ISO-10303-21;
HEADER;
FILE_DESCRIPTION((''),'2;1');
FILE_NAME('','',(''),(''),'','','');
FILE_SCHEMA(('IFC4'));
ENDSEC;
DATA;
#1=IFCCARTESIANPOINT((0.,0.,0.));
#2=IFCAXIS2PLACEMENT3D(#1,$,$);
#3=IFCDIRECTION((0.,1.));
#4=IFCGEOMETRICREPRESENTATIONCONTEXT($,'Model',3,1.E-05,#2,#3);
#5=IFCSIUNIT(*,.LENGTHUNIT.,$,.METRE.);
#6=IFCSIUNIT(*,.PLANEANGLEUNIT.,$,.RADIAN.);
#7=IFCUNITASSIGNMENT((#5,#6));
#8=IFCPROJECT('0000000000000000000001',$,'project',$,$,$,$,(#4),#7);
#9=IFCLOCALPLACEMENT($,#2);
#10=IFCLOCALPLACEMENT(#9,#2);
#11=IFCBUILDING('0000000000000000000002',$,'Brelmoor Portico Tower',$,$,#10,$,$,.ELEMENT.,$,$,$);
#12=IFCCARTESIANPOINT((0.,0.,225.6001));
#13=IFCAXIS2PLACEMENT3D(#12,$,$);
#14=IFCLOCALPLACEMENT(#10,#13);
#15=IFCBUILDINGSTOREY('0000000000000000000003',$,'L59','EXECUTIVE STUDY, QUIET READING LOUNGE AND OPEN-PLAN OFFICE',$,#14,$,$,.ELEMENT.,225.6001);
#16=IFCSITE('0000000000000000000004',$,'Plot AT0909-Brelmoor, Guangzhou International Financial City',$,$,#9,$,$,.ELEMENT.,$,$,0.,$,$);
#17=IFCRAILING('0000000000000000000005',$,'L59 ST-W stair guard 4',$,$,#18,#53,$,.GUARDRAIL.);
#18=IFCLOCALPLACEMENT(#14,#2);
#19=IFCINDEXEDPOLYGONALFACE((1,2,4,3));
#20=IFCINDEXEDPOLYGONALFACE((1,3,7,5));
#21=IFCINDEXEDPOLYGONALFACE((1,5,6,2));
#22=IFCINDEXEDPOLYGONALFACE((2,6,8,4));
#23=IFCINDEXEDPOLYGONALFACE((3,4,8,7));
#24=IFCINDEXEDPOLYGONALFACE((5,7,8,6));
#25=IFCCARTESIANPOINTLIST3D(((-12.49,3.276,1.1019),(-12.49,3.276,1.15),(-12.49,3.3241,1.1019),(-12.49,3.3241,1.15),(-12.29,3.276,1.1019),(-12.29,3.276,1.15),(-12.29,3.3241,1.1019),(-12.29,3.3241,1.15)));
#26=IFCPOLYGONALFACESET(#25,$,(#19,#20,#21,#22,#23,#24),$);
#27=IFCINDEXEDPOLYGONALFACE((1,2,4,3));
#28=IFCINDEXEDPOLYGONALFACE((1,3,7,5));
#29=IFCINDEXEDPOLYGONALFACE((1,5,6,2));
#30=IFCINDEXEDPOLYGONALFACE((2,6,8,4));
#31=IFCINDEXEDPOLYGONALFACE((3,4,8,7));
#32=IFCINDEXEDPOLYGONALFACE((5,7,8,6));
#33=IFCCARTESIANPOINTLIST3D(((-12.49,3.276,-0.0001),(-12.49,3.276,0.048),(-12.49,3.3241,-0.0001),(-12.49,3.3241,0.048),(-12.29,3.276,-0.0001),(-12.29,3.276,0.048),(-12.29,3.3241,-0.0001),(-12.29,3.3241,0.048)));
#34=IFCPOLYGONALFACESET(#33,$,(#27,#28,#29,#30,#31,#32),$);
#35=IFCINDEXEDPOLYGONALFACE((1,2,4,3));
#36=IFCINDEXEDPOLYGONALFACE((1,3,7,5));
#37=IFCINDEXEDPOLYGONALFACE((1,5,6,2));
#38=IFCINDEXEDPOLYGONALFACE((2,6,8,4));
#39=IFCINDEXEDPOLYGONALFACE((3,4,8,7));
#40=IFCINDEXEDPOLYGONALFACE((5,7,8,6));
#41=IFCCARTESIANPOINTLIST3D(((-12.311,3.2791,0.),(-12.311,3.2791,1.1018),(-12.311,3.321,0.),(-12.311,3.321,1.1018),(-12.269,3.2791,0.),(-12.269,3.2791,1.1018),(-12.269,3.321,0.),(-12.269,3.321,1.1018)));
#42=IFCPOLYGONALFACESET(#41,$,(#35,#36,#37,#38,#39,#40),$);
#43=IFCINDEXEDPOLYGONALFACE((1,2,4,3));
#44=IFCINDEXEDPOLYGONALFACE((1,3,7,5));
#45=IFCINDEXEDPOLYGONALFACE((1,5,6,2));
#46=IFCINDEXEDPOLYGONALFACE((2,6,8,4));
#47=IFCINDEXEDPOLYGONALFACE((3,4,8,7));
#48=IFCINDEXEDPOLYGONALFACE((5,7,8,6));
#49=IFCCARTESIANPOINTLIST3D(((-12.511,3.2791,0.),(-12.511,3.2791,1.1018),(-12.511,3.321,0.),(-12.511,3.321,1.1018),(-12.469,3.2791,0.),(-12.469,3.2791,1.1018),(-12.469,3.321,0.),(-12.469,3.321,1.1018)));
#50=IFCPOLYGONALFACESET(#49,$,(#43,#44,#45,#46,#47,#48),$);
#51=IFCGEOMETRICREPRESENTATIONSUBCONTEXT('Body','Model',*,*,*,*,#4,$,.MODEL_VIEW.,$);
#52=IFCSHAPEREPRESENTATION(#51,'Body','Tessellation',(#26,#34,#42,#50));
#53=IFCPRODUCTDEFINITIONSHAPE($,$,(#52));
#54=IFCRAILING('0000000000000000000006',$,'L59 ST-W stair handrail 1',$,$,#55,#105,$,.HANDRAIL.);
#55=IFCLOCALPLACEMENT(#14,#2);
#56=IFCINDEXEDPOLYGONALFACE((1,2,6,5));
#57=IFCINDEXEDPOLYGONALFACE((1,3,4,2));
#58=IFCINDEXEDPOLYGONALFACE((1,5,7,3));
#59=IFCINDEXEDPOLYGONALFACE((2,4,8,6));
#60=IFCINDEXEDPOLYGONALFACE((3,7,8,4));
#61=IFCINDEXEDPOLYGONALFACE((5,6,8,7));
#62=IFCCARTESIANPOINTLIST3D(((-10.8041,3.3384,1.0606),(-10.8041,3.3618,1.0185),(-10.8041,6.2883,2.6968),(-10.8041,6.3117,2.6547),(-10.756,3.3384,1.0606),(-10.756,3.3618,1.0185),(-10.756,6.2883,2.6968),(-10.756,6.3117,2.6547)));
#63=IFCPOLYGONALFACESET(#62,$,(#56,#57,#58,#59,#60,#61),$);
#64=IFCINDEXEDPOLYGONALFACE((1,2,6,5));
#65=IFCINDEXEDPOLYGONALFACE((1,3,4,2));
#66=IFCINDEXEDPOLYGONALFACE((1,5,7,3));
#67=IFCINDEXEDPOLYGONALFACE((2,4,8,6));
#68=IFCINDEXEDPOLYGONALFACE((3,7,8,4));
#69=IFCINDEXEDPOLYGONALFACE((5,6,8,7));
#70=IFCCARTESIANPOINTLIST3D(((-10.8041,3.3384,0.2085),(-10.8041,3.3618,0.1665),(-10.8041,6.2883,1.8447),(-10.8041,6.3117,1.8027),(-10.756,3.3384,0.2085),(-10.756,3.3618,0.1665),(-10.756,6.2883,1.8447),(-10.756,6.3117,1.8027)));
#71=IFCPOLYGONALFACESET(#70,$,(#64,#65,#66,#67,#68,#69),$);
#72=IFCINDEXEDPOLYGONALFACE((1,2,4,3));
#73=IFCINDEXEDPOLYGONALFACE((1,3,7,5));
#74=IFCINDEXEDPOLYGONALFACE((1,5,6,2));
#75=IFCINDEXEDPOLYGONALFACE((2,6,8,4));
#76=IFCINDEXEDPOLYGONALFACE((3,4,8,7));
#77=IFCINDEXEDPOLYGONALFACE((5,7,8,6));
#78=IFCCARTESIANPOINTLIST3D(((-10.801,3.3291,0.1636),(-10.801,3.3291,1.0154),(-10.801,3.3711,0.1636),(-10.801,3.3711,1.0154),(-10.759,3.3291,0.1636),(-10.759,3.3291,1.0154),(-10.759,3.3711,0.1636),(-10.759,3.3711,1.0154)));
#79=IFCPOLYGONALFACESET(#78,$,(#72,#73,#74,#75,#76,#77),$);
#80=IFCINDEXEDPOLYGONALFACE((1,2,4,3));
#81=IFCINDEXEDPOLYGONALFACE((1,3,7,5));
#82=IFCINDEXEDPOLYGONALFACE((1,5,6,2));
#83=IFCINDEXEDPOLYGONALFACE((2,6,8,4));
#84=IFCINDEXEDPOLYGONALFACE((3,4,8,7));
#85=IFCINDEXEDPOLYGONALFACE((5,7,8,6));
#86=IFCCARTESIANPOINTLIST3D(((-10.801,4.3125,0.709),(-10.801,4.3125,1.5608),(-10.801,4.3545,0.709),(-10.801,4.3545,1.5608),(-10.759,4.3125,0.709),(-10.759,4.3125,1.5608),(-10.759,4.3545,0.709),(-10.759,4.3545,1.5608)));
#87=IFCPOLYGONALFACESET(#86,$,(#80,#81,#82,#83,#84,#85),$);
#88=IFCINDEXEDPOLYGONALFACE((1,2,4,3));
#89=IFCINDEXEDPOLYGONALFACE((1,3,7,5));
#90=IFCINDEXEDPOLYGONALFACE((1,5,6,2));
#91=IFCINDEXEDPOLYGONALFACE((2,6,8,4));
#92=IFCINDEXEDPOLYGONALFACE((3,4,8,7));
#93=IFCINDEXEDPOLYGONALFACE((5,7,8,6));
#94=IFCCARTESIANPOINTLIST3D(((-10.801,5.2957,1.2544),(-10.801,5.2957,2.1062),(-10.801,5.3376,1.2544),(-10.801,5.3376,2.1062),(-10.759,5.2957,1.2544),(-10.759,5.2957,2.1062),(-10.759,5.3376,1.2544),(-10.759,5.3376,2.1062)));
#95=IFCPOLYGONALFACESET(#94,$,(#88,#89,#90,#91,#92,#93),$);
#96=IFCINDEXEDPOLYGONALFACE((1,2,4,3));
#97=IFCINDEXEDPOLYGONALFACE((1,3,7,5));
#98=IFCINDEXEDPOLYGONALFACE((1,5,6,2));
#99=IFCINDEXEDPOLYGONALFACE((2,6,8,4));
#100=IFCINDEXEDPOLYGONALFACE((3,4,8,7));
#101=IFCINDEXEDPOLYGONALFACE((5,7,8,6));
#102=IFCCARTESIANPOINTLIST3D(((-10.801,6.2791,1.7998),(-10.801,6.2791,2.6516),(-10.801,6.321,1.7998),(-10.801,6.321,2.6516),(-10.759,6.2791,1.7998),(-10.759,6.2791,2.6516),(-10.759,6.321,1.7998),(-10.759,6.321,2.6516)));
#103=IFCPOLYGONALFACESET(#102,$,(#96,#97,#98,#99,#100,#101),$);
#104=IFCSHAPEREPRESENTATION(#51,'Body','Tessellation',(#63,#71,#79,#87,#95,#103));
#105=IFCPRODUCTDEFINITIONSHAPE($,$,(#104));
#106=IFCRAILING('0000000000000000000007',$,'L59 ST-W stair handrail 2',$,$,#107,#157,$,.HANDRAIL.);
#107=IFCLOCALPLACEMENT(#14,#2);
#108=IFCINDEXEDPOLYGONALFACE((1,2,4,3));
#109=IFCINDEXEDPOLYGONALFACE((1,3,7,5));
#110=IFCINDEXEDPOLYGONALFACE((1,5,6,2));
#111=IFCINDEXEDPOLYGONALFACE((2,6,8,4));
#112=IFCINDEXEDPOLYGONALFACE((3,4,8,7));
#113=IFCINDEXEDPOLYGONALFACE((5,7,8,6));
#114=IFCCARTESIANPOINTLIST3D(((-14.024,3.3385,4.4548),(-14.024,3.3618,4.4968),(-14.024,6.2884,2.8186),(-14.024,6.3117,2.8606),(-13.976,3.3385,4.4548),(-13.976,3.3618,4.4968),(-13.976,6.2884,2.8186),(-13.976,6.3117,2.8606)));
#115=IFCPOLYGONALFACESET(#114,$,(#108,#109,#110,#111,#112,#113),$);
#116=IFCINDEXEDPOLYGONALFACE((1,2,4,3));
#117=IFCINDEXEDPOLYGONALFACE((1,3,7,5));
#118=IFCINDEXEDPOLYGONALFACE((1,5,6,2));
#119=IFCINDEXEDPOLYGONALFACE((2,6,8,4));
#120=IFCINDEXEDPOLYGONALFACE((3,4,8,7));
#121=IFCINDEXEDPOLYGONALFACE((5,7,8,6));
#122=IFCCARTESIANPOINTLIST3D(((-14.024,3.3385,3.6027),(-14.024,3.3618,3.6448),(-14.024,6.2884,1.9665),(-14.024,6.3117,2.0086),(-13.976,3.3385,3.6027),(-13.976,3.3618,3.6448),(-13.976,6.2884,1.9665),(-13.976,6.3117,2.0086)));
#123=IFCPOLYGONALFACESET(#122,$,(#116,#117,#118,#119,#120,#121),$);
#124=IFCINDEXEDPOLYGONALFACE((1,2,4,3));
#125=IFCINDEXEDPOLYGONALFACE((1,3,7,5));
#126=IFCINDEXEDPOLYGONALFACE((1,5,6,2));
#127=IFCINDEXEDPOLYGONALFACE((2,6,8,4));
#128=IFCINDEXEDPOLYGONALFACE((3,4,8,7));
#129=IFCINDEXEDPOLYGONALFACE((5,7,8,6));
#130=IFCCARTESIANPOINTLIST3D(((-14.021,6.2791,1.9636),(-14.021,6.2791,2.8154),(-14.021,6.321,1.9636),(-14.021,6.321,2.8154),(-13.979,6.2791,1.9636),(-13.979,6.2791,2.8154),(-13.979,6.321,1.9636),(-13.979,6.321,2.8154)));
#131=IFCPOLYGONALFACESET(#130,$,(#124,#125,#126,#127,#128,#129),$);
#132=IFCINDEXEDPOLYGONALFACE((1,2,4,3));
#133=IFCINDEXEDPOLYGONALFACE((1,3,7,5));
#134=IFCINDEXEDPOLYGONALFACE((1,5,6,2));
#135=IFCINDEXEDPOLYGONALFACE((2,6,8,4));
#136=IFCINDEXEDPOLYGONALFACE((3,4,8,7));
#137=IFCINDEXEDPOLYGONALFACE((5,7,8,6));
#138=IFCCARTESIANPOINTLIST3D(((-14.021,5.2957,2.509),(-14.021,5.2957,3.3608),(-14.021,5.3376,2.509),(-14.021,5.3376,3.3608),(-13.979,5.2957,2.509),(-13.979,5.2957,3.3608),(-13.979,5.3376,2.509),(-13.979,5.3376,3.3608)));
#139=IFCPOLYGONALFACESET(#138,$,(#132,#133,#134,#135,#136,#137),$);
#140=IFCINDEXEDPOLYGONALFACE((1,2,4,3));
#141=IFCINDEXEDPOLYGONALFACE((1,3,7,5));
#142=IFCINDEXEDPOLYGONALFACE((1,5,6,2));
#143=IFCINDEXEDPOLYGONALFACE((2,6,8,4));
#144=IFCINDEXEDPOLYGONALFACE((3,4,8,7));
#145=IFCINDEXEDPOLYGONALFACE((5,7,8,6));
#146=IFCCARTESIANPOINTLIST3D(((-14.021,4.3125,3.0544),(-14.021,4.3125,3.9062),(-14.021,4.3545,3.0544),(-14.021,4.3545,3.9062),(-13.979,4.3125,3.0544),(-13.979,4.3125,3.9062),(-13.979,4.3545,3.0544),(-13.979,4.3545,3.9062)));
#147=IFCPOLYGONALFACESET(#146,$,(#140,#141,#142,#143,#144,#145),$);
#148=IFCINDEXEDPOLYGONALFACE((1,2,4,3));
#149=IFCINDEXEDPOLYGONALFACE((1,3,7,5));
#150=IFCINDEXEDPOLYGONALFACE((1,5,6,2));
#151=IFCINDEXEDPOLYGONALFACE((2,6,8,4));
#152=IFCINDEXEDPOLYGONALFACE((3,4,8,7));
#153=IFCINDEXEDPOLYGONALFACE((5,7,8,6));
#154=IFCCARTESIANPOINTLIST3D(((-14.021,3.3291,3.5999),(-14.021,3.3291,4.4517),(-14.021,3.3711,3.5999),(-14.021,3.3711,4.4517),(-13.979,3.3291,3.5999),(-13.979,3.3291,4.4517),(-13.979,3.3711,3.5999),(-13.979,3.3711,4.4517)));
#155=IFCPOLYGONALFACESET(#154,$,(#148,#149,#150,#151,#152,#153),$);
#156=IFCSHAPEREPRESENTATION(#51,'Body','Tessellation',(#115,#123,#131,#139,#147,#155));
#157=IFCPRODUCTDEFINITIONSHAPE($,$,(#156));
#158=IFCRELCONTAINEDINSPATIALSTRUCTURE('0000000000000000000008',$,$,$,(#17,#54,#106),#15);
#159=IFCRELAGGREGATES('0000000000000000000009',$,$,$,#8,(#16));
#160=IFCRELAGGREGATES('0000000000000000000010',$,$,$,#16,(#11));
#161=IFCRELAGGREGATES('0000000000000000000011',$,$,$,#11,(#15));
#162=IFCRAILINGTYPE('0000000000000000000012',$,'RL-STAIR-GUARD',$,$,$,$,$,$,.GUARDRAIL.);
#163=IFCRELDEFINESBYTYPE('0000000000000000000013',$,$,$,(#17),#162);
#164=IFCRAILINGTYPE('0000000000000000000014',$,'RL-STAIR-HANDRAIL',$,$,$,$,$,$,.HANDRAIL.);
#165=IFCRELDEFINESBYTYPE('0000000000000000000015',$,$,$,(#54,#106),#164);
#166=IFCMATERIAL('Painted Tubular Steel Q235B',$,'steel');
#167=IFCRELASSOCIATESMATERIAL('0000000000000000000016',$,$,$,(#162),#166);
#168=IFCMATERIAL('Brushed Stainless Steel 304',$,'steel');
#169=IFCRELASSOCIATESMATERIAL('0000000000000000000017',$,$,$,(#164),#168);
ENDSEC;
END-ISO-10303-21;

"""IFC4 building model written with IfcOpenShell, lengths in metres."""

from ifc_helpers import new_model, si_unit, direction, frame, origin, origin_2d, place, context, subcontext, project, spatial, rectangle, extrude, material, type_object, element, save


model = new_model("IFC4")

# Units and contexts
model_context = context("Model", 3, precision=1e-05, world=origin(), true_north=direction((0.0, 1.0)))
body_context = subcontext(model_context, "Body", "Model", "MODEL_VIEW")
ifc_project = project(units=[si_unit("LENGTHUNIT", "METRE"), si_unit("PLANEANGLEUNIT", "RADIAN")], contexts=[model_context])

# Site, building, storey
site_placement = place(None, origin())
site = spatial("IfcSite", under=ifc_project, at=site_placement, Name="Plot AT0909-Brelmoor, Guangzhou International Financial City", CompositionType="ELEMENT", RefElevation=0.0)
building_placement = place(site_placement, origin())
building = spatial("IfcBuilding", under=site, at=building_placement, Name="Brelmoor Portico Tower", CompositionType="ELEMENT")
storey_placement = place(building_placement, frame((0.0, 0.0, 225.6001)))
storey = spatial("IfcBuildingStorey", under=building, at=storey_placement, Name="L59", Description="EXECUTIVE STUDY, QUIET READING LOUNGE AND OPEN-PLAN OFFICE", CompositionType="ELEMENT", Elevation=225.6001)

# Railings
ifc_material_1 = material(Name="Painted Tubular Steel Q235B", Category="steel")
railing_type_1 = type_object("IfcRailingType", Name="RL-STAIR-GUARD", PredefinedType="GUARDRAIL", material=ifc_material_1)
railing_1_placement = place(storey_placement, frame((-12.29, 3.3, 0.0)))
element("IfcRailing", 1, at=railing_1_placement, inside=storey, type_object=railing_type_1, Name="L59 ST-W stair guard 4", PredefinedType="GUARDRAIL", context=body_context, shape_type="SweptSolid", body=[
    extrude(rectangle(XDim=0.0481, YDim=0.0481, at=origin_2d()), frame((0.0, 0.0, 1.126), z_axis=(-1.0, 0.0, 0.0), x_axis=(0.0, -1.0, 0.0)), (0.0, 0.0, 1.0), 0.2),
    extrude(rectangle(XDim=0.0481, YDim=0.0481, at=origin_2d()), frame((0.0, 0.0, 0.0239), z_axis=(-1.0, 0.0, 0.0), x_axis=(0.0, -1.0, 0.0)), (0.0, 0.0, 1.0), 0.2),
    extrude(rectangle(XDim=0.042, YDim=0.042, at=origin_2d()), origin(), (0.0, 0.0, 1.0), 1.1018),
    extrude(rectangle(XDim=0.042, YDim=0.042, at=origin_2d()), frame((-0.2, 0.0, 0.0)), (0.0, 0.0, 1.0), 1.1018),
])
ifc_material_2 = material(Name="Brushed Stainless Steel 304", Category="steel")
railing_type_2 = type_object("IfcRailingType", Name="RL-STAIR-HANDRAIL", PredefinedType="HANDRAIL", material=ifc_material_2)
railing_2_placement = place(storey_placement, frame((-10.78, 3.3501, 0.1636)))
element("IfcRailing", 2, at=railing_2_placement, inside=storey, type_object=railing_type_2, Name="L59 ST-W stair handrail 1", PredefinedType="HANDRAIL", context=body_context, shape_type="SweptSolid", body=[
    extrude(rectangle(XDim=0.0481, YDim=0.0481, at=origin_2d()), frame((0.0, 0.0, 0.876), z_axis=(0.0, 0.874488, 0.485047), x_axis=(-1.0, 0.0, 0.0)), (0.0, 0.0, 1.0), 3.3733),
    extrude(rectangle(XDim=0.0481, YDim=0.0481, at=origin_2d()), frame((0.0, 0.0, 0.0239), z_axis=(0.0, 0.874488, 0.485047), x_axis=(-1.0, 0.0, 0.0)), (0.0, 0.0, 1.0), 3.3733),
    extrude(rectangle(XDim=0.042, YDim=0.042, at=origin_2d()), origin(), (0.0, 0.0, 1.0), 0.8518),
    extrude(rectangle(XDim=0.042, YDim=0.042, at=origin_2d()), frame((0.0, 0.9834, 0.5454)), (0.0, 0.0, 1.0), 0.8518),
    extrude(rectangle(XDim=0.042, YDim=0.042, at=origin_2d()), frame((0.0, 1.9666, 1.0908)), (0.0, 0.0, 1.0), 0.8518),
    extrude(rectangle(XDim=0.042, YDim=0.042, at=origin_2d()), frame((0.0, 2.95, 1.6362)), (0.0, 0.0, 1.0), 0.8518),
])
railing_3_placement = place(storey_placement, frame((-14.0, 6.3, 1.9636)))
element("IfcRailing", 3, at=railing_3_placement, inside=storey, type_object=railing_type_2, Name="L59 ST-W stair handrail 2", PredefinedType="HANDRAIL", context=body_context, shape_type="SweptSolid", body=[
    extrude(rectangle(XDim=0.0481, YDim=0.0481, at=origin_2d()), frame((0.0, 0.0, 0.876), z_axis=(0.0, -0.874488, 0.485047), x_axis=(1.0, 0.0, 0.0)), (0.0, 0.0, 1.0), 3.3733),
    extrude(rectangle(XDim=0.0481, YDim=0.0481, at=origin_2d()), frame((0.0, 0.0, 0.0239), z_axis=(0.0, -0.874488, 0.485047), x_axis=(1.0, 0.0, 0.0)), (0.0, 0.0, 1.0), 3.3733),
    extrude(rectangle(XDim=0.042, YDim=0.042, at=origin_2d()), origin(), (0.0, 0.0, 1.0), 0.8518),
    extrude(rectangle(XDim=0.042, YDim=0.042, at=origin_2d()), frame((0.0, -0.9834, 0.5454)), (0.0, 0.0, 1.0), 0.8518),
    extrude(rectangle(XDim=0.042, YDim=0.042, at=origin_2d()), frame((0.0, -1.9666, 1.0908)), (0.0, 0.0, 1.0), 0.8518),
    extrude(rectangle(XDim=0.042, YDim=0.042, at=origin_2d()), frame((0.0, -2.95, 1.6362)), (0.0, 0.0, 1.0), 0.8518),
])

save(model, "model.ifc")
